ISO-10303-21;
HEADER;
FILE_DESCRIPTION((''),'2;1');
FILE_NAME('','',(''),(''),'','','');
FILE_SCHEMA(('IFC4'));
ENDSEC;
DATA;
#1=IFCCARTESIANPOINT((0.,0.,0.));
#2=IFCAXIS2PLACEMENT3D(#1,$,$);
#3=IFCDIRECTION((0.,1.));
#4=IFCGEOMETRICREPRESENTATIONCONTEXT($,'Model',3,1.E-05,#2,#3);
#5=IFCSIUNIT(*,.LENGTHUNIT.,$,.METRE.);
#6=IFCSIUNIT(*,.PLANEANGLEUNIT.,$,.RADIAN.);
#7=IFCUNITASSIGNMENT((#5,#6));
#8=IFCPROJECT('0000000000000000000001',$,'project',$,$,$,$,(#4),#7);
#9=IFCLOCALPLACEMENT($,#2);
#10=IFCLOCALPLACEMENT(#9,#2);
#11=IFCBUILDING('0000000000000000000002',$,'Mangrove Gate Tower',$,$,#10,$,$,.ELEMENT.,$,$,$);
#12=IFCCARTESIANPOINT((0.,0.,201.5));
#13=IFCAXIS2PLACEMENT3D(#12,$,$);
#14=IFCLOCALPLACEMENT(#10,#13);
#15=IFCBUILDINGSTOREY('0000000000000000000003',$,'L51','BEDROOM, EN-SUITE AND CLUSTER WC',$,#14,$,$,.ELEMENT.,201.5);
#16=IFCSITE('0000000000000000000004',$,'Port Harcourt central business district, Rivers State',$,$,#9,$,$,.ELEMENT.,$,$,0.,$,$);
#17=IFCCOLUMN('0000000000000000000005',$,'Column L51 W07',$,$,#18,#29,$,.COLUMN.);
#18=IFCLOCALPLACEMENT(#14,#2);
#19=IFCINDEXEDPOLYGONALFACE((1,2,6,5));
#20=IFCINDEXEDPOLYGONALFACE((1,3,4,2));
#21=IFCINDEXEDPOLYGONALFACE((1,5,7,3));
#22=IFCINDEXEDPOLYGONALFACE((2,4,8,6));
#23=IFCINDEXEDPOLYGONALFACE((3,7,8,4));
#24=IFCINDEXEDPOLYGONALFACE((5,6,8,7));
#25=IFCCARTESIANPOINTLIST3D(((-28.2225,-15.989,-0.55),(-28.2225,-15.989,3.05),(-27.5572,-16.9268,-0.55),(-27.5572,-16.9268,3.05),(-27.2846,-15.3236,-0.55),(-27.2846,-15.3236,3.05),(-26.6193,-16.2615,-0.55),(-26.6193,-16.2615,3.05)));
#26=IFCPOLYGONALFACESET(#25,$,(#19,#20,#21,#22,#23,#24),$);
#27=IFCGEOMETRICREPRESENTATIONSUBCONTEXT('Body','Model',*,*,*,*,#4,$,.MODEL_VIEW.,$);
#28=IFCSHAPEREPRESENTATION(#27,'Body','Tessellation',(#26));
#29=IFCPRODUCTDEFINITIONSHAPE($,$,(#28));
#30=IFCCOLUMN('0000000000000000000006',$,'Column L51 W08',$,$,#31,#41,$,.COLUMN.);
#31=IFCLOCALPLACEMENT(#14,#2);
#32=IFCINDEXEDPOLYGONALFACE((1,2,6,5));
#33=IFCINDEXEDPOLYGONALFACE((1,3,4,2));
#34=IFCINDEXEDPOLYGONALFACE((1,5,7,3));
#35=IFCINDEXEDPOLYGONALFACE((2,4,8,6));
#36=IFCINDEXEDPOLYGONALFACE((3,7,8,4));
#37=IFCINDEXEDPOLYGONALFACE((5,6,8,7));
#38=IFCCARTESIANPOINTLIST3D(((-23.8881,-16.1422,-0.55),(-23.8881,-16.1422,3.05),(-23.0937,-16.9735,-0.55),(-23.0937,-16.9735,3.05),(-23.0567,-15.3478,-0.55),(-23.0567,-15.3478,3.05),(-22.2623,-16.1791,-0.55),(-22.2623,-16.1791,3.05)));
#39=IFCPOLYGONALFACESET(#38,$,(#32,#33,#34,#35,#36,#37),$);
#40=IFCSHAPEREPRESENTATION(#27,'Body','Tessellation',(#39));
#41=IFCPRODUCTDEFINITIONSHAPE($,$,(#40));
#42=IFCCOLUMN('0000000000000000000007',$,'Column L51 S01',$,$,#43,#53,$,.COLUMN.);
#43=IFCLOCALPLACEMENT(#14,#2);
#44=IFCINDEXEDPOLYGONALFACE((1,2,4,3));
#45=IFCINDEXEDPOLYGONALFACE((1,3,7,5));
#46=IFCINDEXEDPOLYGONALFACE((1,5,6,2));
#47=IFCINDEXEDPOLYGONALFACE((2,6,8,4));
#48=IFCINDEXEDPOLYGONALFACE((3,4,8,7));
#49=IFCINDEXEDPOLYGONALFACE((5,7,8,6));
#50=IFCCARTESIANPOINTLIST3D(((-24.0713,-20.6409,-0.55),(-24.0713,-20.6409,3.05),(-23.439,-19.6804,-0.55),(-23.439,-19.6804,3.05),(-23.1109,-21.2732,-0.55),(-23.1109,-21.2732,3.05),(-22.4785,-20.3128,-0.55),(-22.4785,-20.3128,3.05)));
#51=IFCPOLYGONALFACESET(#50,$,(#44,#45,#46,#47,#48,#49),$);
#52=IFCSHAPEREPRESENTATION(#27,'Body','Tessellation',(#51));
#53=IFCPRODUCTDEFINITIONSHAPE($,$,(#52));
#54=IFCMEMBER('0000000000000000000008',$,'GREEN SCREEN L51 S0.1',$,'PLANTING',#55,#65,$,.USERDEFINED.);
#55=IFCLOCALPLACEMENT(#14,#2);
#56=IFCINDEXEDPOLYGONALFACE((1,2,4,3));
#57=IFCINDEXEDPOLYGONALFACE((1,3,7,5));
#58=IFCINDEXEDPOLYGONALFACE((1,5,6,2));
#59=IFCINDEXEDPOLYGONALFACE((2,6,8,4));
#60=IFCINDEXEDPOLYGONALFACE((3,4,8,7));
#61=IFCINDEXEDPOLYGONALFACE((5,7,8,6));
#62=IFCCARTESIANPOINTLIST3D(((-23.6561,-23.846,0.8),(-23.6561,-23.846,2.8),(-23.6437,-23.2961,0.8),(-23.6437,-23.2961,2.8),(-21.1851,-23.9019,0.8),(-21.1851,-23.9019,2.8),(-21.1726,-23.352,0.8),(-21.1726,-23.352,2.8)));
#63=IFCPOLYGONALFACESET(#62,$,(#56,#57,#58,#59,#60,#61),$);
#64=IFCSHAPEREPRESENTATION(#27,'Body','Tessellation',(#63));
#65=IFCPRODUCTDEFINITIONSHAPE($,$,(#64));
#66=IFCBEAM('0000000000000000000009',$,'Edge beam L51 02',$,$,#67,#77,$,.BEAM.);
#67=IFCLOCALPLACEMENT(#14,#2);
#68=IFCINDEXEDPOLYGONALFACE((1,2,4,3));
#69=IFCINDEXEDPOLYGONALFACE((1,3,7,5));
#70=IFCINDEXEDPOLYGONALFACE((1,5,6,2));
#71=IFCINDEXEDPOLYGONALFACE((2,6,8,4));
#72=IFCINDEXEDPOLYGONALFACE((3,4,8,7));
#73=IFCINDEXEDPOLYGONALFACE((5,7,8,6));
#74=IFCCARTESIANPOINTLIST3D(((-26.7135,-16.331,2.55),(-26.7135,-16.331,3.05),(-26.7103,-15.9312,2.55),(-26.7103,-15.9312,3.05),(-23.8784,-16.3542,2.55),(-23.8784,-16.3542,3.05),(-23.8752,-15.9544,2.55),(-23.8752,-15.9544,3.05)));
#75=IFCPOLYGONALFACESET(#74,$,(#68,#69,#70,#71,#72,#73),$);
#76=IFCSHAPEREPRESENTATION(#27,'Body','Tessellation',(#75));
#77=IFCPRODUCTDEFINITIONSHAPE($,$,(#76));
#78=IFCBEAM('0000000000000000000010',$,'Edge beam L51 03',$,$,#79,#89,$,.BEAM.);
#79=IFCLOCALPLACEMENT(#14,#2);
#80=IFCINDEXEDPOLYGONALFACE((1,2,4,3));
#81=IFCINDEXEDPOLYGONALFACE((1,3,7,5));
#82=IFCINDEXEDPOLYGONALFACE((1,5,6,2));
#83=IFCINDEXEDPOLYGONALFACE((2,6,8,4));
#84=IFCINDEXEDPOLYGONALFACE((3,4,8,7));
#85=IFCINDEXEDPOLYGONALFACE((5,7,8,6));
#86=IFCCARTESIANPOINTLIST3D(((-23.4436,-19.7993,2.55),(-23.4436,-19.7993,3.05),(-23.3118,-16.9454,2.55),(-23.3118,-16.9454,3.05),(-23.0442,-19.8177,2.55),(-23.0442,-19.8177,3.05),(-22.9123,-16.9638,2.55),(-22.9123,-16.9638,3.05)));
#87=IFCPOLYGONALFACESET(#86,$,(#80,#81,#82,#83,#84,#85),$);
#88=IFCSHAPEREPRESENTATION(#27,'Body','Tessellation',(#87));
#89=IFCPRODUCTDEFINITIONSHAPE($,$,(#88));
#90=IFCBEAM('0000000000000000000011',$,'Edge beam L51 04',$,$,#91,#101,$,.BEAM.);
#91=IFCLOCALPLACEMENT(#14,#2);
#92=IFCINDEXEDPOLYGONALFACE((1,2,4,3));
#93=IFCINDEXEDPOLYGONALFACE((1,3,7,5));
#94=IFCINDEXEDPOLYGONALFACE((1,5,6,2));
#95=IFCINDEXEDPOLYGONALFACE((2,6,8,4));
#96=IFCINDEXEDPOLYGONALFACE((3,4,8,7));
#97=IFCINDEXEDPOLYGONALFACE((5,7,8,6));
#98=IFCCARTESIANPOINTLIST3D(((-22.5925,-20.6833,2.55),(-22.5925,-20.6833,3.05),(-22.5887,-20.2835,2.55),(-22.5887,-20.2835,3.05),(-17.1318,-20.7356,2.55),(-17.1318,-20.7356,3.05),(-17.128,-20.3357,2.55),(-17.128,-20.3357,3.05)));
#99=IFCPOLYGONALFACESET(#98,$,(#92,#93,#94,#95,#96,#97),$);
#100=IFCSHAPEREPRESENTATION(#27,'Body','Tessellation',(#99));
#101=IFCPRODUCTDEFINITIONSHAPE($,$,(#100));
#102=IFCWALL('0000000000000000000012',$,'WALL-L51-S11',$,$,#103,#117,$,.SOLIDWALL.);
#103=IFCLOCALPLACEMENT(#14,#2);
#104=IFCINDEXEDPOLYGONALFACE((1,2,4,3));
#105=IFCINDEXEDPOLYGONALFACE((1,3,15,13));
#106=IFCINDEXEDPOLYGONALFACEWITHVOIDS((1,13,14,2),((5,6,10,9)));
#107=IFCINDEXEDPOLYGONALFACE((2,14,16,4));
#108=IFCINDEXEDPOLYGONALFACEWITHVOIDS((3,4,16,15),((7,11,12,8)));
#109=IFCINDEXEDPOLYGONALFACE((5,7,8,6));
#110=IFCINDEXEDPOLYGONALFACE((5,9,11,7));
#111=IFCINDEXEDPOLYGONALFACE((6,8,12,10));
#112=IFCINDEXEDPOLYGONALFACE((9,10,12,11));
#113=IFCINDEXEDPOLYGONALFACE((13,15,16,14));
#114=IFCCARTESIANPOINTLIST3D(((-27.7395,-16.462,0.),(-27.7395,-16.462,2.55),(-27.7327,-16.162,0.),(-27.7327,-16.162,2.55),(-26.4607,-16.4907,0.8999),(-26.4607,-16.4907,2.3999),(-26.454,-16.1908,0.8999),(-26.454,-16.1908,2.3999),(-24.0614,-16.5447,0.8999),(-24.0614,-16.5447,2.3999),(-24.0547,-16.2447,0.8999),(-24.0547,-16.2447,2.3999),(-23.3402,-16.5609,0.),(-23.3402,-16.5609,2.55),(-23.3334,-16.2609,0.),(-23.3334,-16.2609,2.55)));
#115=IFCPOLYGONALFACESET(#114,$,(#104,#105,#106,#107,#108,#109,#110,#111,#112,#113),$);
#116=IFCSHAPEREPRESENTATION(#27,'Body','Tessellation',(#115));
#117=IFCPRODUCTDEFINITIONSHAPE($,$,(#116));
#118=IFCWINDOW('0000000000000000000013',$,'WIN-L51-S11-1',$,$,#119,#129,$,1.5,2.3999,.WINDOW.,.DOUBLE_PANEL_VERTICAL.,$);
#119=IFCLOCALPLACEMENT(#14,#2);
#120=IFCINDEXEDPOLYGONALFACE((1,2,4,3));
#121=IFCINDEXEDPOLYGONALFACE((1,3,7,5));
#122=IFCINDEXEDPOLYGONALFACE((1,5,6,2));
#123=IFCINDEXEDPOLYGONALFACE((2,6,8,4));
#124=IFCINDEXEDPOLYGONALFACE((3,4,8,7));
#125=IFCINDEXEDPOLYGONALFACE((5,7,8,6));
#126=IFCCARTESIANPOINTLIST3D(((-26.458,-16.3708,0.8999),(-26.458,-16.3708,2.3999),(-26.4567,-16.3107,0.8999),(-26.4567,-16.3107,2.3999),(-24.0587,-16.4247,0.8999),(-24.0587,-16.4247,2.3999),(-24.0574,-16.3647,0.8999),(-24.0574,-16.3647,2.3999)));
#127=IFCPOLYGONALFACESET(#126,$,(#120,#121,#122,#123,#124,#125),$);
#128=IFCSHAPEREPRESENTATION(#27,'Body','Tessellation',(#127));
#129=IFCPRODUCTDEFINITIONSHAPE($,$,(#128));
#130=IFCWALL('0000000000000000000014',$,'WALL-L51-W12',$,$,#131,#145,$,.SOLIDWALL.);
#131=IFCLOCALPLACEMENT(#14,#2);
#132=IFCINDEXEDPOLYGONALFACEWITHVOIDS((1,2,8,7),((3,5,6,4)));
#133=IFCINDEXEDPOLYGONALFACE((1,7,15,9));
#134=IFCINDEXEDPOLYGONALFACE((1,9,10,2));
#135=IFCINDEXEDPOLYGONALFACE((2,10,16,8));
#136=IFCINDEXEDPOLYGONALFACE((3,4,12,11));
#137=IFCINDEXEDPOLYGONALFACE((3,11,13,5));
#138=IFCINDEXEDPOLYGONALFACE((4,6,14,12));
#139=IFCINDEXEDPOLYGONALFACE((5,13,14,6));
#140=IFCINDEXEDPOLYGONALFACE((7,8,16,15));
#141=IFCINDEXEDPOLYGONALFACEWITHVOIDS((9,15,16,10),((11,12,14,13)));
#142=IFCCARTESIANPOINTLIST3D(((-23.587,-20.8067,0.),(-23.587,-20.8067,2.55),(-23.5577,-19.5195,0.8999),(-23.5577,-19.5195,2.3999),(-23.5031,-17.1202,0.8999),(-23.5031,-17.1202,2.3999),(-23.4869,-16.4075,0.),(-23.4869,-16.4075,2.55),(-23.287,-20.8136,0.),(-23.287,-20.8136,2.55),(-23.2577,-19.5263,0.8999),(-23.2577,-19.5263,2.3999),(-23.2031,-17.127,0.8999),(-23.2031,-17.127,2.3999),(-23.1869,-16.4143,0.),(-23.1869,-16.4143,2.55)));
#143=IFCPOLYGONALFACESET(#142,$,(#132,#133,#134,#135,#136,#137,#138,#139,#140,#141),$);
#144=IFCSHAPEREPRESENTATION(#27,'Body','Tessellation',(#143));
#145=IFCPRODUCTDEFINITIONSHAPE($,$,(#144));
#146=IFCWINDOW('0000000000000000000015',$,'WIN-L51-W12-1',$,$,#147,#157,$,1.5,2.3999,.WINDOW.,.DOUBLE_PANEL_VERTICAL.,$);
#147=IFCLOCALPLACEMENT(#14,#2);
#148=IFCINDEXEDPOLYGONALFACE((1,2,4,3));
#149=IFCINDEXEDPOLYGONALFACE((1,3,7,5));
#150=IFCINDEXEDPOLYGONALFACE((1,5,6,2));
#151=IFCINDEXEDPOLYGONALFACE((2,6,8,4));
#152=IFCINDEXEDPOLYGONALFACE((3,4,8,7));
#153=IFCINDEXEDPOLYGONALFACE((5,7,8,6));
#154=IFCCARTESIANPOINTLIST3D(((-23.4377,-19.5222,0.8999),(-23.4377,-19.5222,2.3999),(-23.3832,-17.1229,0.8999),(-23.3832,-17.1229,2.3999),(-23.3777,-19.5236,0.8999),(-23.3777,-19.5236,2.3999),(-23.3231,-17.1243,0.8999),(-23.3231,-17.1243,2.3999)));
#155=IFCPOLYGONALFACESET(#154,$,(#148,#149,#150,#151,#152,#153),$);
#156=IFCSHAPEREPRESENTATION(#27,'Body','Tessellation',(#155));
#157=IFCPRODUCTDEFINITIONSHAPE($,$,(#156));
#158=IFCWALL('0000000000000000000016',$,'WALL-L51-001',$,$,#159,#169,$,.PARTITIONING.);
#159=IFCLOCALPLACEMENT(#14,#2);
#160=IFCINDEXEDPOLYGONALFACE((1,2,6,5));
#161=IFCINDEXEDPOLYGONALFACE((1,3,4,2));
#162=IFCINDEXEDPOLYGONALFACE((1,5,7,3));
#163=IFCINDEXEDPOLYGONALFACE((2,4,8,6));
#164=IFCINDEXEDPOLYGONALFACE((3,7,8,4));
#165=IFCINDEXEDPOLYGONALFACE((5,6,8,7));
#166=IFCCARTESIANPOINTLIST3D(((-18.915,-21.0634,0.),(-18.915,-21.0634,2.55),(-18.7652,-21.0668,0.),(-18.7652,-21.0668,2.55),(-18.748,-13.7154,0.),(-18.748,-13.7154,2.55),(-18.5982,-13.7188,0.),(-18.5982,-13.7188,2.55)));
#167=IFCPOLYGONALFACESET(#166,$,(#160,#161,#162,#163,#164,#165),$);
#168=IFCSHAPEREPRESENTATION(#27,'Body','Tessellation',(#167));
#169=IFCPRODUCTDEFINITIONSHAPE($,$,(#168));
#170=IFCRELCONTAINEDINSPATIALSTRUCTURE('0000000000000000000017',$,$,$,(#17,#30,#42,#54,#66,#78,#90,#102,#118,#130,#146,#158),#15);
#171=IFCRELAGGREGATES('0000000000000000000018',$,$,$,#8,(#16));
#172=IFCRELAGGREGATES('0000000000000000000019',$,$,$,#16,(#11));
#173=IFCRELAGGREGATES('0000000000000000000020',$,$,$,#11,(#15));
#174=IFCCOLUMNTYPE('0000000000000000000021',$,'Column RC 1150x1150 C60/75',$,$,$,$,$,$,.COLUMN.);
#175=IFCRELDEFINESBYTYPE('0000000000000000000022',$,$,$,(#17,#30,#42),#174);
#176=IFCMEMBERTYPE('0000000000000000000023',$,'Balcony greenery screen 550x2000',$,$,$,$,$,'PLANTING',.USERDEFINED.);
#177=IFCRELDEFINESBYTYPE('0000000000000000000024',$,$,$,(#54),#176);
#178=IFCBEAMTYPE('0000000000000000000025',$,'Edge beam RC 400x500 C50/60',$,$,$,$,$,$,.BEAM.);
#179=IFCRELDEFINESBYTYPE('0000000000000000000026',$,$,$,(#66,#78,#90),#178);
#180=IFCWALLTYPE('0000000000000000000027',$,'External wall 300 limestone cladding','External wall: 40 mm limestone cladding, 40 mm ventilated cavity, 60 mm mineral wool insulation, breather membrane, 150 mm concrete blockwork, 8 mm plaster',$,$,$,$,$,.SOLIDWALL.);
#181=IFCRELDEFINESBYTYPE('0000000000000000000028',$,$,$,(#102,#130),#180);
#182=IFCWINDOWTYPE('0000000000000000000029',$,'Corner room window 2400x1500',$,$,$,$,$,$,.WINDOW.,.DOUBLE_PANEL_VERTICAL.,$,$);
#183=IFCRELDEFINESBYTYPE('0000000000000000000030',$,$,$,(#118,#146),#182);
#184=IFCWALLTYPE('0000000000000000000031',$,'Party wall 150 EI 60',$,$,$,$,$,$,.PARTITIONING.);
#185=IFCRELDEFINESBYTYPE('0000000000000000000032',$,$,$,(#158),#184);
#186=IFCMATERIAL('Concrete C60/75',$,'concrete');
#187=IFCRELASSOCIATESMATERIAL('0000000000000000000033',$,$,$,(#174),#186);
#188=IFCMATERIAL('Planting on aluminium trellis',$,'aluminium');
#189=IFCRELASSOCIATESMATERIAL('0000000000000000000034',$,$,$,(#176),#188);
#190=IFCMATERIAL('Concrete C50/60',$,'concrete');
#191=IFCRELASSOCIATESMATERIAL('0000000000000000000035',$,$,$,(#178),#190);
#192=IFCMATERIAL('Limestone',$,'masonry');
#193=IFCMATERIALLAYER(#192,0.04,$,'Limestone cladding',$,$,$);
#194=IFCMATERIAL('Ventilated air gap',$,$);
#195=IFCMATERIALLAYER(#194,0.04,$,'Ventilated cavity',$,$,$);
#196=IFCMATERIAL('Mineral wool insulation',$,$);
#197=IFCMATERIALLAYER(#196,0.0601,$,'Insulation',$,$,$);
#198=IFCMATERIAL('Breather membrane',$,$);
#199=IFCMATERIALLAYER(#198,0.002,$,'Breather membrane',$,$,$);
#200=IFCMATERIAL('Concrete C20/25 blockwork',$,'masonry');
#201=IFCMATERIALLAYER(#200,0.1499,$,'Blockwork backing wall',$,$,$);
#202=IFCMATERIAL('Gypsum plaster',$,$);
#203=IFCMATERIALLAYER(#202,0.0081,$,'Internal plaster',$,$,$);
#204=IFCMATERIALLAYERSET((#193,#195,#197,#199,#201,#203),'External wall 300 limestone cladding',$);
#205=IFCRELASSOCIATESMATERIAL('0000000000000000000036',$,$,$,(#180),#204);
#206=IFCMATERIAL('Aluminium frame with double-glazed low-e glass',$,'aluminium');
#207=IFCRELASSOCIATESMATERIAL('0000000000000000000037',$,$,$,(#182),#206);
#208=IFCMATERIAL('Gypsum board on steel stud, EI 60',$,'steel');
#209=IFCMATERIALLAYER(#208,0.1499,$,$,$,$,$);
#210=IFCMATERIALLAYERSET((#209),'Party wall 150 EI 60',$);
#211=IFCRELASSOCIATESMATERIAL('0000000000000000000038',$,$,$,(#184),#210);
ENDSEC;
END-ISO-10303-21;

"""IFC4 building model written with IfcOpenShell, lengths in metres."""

from ifc_helpers import new_model, si_unit, direction, frame, frame_2d, origin, origin_2d, place, context, subcontext, project, spatial, rectangle, extrude, material, layer, layer_set, material_profile, profile_set, type_object, element, fill, save


model = new_model("IFC4")

# Units and contexts
model_context = context("Model", 3, precision=1e-05, world=origin(), true_north=direction((0.0, 1.0)))
body_context = subcontext(model_context, "Body", "Model", "MODEL_VIEW")
ifc_project = project(units=[si_unit("LENGTHUNIT", "METRE"), si_unit("PLANEANGLEUNIT", "RADIAN")], contexts=[model_context])

# Site, building, storey
site_placement = place(None, origin())
site = spatial("IfcSite", under=ifc_project, at=site_placement, Name="Port Harcourt central business district, Rivers State", CompositionType="ELEMENT", RefElevation=0.0)
building_placement = place(site_placement, origin())
building = spatial("IfcBuilding", under=site, at=building_placement, Name="Mangrove Gate Tower", CompositionType="ELEMENT")
storey_placement = place(building_placement, frame((0.0, 0.0, 201.5)))
storey = spatial("IfcBuildingStorey", under=building, at=storey_placement, Name="L51", Description="BEDROOM, EN-SUITE AND CLUSTER WC", CompositionType="ELEMENT", Elevation=201.5)

# Columns
ifc_material_1 = material(Name="Concrete C60/75", Category="concrete")
ifc_material_profile_1 = material_profile(ifc_material_1, rectangle(XDim=1.1499, YDim=1.1499, at=origin_2d()))
ifc_profile_set_1 = profile_set([ifc_material_profile_1], Name="Concrete C60/75")
column_type = type_object("IfcColumnType", Name="Column RC 1150x1150 C60/75", PredefinedType="COLUMN", material=ifc_profile_set_1)
for number, where, z_axis, x_axis, name in (
    (1, (-27.4209, -16.1252, -0.55), (0.0, 0.0, 1.0), (0.578578, -0.815627, 0.0), "Column L51 W07"),
    (2, (-23.0752, -16.1606, -0.55), (0.0, 0.0, 1.0), (0.690854, -0.722994, 0.0), "Column L51 W08"),
    (3, (-23.2749, -20.4768, -0.55), (0.0, 0.0, 1.0), (0.835229, -0.549902, 0.0), "Column L51 S01"),
):
    element("IfcColumn", number, at=place(storey_placement, frame(where, z_axis=z_axis, x_axis=x_axis)), inside=storey, type_object=column_type, Name=name, PredefinedType="COLUMN", context=body_context, shape_type="SweptSolid", body=[
        extrude(rectangle(XDim=1.1499, YDim=1.1499, at=origin_2d()), origin(), (0.0, 0.0, 1.0), 3.6001),
    ])

# Member
ifc_material_2 = material(Name="Planting on aluminium trellis", Category="aluminium")
ifc_material_profile_2 = material_profile(ifc_material_2, rectangle(XDim=0.55, YDim=2.0, at=origin_2d()))
ifc_profile_set_2 = profile_set([ifc_material_profile_2], Name="Planting on aluminium trellis")
member_type = type_object("IfcMemberType", Name="Balcony greenery screen 550x2000", ElementType="PLANTING", PredefinedType="USERDEFINED", material=ifc_profile_set_2)
member_placement = place(storey_placement, frame((-23.6499, -23.571, 1.8), z_axis=(0.999744, -0.02262, 0.0), x_axis=(0.02262, 0.999744, 0.0)))
element("IfcMember", 4, at=member_placement, inside=storey, type_object=member_type, Name="GREEN SCREEN L51 S0.1", ObjectType="PLANTING", PredefinedType="USERDEFINED", context=body_context, shape_type="SweptSolid", body=[
    extrude(rectangle(XDim=0.55, YDim=2.0, at=origin_2d()), origin(), (0.0, 0.0, 1.0), 2.4717),
])

# Beams
ifc_material_3 = material(Name="Concrete C50/60", Category="concrete")
ifc_material_profile_3 = material_profile(ifc_material_3, rectangle(XDim=0.3999, YDim=0.5, at=origin_2d()))
ifc_profile_set_3 = profile_set([ifc_material_profile_3], Name="Concrete C50/60")
beam_type = type_object("IfcBeamType", Name="Edge beam RC 400x500 C50/60", PredefinedType="BEAM", material=ifc_profile_set_3)
beam_1_placement = place(storey_placement, frame((-26.7119, -16.1311, 2.8), z_axis=(0.999967, -0.00818, 0.0), x_axis=(0.00818, 0.999967, 0.0)))
element("IfcBeam", 5, at=beam_1_placement, inside=storey, type_object=beam_type, Name="Edge beam L51 02", PredefinedType="BEAM", context=body_context, shape_type="SweptSolid", body=[
    extrude(rectangle(XDim=0.3999, YDim=0.5, at=origin_2d()), origin(), (0.0, 0.0, 1.0), 2.8352),
])
beam_2_placement = place(storey_placement, frame((-23.1121, -16.9546, 2.8), z_axis=(-0.046144, -0.998935, 0.0), x_axis=(0.998935, -0.046144, 0.0)))
element("IfcBeam", 6, at=beam_2_placement, inside=storey, type_object=beam_type, Name="Edge beam L51 03", PredefinedType="BEAM", context=body_context, shape_type="SweptSolid", body=[
    extrude(rectangle(XDim=0.3999, YDim=0.5, at=origin_2d()), origin(), (0.0, 0.0, 1.0), 2.8569),
])
beam_3_placement = place(storey_placement, frame((-22.5906, -20.4834, 2.8), z_axis=(0.999954, -0.009567, 0.0), x_axis=(0.009567, 0.999954, 0.0)))
element("IfcBeam", 7, at=beam_3_placement, inside=storey, type_object=beam_type, Name="Edge beam L51 04", PredefinedType="BEAM", context=body_context, shape_type="SweptSolid", body=[
    extrude(rectangle(XDim=0.3999, YDim=0.5, at=origin_2d()), origin(), (0.0, 0.0, 1.0), 5.4609),
])

# Walls, openings, windows
ifc_material_4 = material(Name="Limestone", Category="masonry")
ifc_layer_1 = layer(ifc_material_4, 0.04, Name="Limestone cladding")
ifc_material_5 = material(Name="Ventilated air gap")
ifc_layer_2 = layer(ifc_material_5, 0.04, Name="Ventilated cavity")
ifc_material_6 = material(Name="Mineral wool insulation")
ifc_layer_3 = layer(ifc_material_6, 0.0601, Name="Insulation")
ifc_material_7 = material(Name="Breather membrane")
ifc_layer_4 = layer(ifc_material_7, 0.002, Name="Breather membrane")
ifc_material_8 = material(Name="Concrete C20/25 blockwork", Category="masonry")
ifc_layer_5 = layer(ifc_material_8, 0.1499, Name="Blockwork backing wall")
ifc_material_9 = material(Name="Gypsum plaster")
ifc_layer_6 = layer(ifc_material_9, 0.0081, Name="Internal plaster")
ifc_layer_set_1 = layer_set([ifc_layer_1, ifc_layer_2, ifc_layer_3, ifc_layer_4, ifc_layer_5, ifc_layer_6], Name="External wall 300 limestone cladding")
wall_type_1 = type_object("IfcWallType", Name="External wall 300 limestone cladding", Description="External wall: 40 mm limestone cladding, 40 mm ventilated cavity, 60 mm mineral wool insulation, breather membrane, 150 mm concrete blockwork, 8 mm plaster", PredefinedType="SOLIDWALL", material=ifc_layer_set_1)
wall_1_placement = place(storey_placement, frame((-27.7361, -16.312, 0.0), z_axis=(0.0, 0.0, 1.0), x_axis=(0.999748, -0.022471, 0.0)))
wall_1 = element("IfcWall", 8, at=wall_1_placement, inside=storey, type_object=wall_type_1, Name="WALL-L51-S11", PredefinedType="SOLIDWALL", context=body_context, shape_type="SweptSolid", body=[
    extrude(rectangle(XDim=4.4004, YDim=0.3, at=frame_2d((2.2002, 0.0))), origin(), (0.0, 0.0, 1.0), 2.55),
])
opening_1_placement = place(wall_1_placement, frame((1.2791, 0.0, 0.8999)))
opening_1 = element("IfcOpeningElement", 9, at=opening_1_placement, cuts=wall_1, PredefinedType="OPENING", context=body_context, shape_type="SweptSolid", body=[
    extrude(rectangle(XDim=2.3999, YDim=1.5, at=frame_2d((1.2, 0.75))), frame((0.0, 0.1599, 0.0), z_axis=(0.0, -1.0, 0.0), x_axis=(1.0, 0.0, 0.0)), (0.0, 0.0, 1.0), 0.3201),
])
ifc_material_10 = material(Name="Aluminium frame with double-glazed low-e glass", Category="aluminium")
window_type = type_object("IfcWindowType", Name="Corner room window 2400x1500", PartitioningType="DOUBLE_PANEL_VERTICAL", PredefinedType="WINDOW", material=ifc_material_10)
window_1_placement = place(opening_1_placement, origin())
window_1 = element("IfcWindow", 10, at=window_1_placement, inside=storey, type_object=window_type, Name="WIN-L51-S11-1", OverallHeight=1.5, OverallWidth=2.3999, PartitioningType="DOUBLE_PANEL_VERTICAL", PredefinedType="WINDOW", context=body_context, shape_type="SweptSolid", body=[
    extrude(rectangle(XDim=2.3999, YDim=1.5, at=frame_2d((1.2, 0.75))), frame((0.0, 0.03, 0.0), z_axis=(0.0, -1.0, 0.0), x_axis=(1.0, 0.0, 0.0)), (0.0, 0.0, 1.0), 0.0601),
])
fill(opening_1, window_1)
wall_2_placement = place(storey_placement, frame((-23.3369, -16.4109, 0.0), z_axis=(0.0, 0.0, 1.0), x_axis=(-0.022748, -0.999741, 0.0)))
wall_2 = element("IfcWall", 11, at=wall_2_placement, inside=storey, type_object=wall_type_1, Name="WALL-L51-W12", PredefinedType="SOLIDWALL", context=body_context, shape_type="SweptSolid", body=[
    extrude(rectangle(XDim=4.4004, YDim=0.3, at=frame_2d((2.2002, 0.0))), origin(), (0.0, 0.0, 1.0), 2.55),
])
opening_2_placement = place(wall_2_placement, frame((0.7129, 0.0, 0.8999)))
opening_2 = element("IfcOpeningElement", 12, at=opening_2_placement, cuts=wall_2, PredefinedType="OPENING", context=body_context, shape_type="SweptSolid", body=[
    extrude(rectangle(XDim=2.3999, YDim=1.5, at=frame_2d((1.2, 0.75))), frame((0.0, 0.1599, 0.0), z_axis=(0.0, -1.0, 0.0), x_axis=(1.0, 0.0, 0.0)), (0.0, 0.0, 1.0), 0.3201),
])
window_2_placement = place(opening_2_placement, origin())
window_2 = element("IfcWindow", 13, at=window_2_placement, inside=storey, type_object=window_type, Name="WIN-L51-W12-1", OverallHeight=1.5, OverallWidth=2.3999, PartitioningType="DOUBLE_PANEL_VERTICAL", PredefinedType="WINDOW", context=body_context, shape_type="SweptSolid", body=[
    extrude(rectangle(XDim=2.3999, YDim=1.5, at=frame_2d((1.2, 0.75))), frame((0.0, 0.03, 0.0), z_axis=(0.0, -1.0, 0.0), x_axis=(1.0, 0.0, 0.0)), (0.0, 0.0, 1.0), 0.0601),
])
fill(opening_2, window_2)

# Wall
ifc_material_11 = material(Name="Gypsum board on steel stud, EI 60", Category="steel")
ifc_layer_7 = layer(ifc_material_11, 0.1499)
ifc_layer_set_2 = layer_set([ifc_layer_7], Name="Party wall 150 EI 60")
wall_type_2 = type_object("IfcWallType", Name="Party wall 150 EI 60", PredefinedType="PARTITIONING", material=ifc_layer_set_2)
wall_3_placement = place(storey_placement, frame((-18.8401, -21.0649, 0.0), z_axis=(0.0, 0.0, 1.0), x_axis=(0.022721, 0.999742, 0.0)))
element("IfcWall", 14, at=wall_3_placement, inside=storey, type_object=wall_type_2, Name="WALL-L51-001", PredefinedType="PARTITIONING", context=body_context, shape_type="SweptSolid", body=[
    extrude(rectangle(XDim=7.3499, YDim=0.1499, at=frame_2d((3.6748, 0.0))), origin(), (0.0, 0.0, 1.0), 2.55),
])

save(model, "model.ifc")
